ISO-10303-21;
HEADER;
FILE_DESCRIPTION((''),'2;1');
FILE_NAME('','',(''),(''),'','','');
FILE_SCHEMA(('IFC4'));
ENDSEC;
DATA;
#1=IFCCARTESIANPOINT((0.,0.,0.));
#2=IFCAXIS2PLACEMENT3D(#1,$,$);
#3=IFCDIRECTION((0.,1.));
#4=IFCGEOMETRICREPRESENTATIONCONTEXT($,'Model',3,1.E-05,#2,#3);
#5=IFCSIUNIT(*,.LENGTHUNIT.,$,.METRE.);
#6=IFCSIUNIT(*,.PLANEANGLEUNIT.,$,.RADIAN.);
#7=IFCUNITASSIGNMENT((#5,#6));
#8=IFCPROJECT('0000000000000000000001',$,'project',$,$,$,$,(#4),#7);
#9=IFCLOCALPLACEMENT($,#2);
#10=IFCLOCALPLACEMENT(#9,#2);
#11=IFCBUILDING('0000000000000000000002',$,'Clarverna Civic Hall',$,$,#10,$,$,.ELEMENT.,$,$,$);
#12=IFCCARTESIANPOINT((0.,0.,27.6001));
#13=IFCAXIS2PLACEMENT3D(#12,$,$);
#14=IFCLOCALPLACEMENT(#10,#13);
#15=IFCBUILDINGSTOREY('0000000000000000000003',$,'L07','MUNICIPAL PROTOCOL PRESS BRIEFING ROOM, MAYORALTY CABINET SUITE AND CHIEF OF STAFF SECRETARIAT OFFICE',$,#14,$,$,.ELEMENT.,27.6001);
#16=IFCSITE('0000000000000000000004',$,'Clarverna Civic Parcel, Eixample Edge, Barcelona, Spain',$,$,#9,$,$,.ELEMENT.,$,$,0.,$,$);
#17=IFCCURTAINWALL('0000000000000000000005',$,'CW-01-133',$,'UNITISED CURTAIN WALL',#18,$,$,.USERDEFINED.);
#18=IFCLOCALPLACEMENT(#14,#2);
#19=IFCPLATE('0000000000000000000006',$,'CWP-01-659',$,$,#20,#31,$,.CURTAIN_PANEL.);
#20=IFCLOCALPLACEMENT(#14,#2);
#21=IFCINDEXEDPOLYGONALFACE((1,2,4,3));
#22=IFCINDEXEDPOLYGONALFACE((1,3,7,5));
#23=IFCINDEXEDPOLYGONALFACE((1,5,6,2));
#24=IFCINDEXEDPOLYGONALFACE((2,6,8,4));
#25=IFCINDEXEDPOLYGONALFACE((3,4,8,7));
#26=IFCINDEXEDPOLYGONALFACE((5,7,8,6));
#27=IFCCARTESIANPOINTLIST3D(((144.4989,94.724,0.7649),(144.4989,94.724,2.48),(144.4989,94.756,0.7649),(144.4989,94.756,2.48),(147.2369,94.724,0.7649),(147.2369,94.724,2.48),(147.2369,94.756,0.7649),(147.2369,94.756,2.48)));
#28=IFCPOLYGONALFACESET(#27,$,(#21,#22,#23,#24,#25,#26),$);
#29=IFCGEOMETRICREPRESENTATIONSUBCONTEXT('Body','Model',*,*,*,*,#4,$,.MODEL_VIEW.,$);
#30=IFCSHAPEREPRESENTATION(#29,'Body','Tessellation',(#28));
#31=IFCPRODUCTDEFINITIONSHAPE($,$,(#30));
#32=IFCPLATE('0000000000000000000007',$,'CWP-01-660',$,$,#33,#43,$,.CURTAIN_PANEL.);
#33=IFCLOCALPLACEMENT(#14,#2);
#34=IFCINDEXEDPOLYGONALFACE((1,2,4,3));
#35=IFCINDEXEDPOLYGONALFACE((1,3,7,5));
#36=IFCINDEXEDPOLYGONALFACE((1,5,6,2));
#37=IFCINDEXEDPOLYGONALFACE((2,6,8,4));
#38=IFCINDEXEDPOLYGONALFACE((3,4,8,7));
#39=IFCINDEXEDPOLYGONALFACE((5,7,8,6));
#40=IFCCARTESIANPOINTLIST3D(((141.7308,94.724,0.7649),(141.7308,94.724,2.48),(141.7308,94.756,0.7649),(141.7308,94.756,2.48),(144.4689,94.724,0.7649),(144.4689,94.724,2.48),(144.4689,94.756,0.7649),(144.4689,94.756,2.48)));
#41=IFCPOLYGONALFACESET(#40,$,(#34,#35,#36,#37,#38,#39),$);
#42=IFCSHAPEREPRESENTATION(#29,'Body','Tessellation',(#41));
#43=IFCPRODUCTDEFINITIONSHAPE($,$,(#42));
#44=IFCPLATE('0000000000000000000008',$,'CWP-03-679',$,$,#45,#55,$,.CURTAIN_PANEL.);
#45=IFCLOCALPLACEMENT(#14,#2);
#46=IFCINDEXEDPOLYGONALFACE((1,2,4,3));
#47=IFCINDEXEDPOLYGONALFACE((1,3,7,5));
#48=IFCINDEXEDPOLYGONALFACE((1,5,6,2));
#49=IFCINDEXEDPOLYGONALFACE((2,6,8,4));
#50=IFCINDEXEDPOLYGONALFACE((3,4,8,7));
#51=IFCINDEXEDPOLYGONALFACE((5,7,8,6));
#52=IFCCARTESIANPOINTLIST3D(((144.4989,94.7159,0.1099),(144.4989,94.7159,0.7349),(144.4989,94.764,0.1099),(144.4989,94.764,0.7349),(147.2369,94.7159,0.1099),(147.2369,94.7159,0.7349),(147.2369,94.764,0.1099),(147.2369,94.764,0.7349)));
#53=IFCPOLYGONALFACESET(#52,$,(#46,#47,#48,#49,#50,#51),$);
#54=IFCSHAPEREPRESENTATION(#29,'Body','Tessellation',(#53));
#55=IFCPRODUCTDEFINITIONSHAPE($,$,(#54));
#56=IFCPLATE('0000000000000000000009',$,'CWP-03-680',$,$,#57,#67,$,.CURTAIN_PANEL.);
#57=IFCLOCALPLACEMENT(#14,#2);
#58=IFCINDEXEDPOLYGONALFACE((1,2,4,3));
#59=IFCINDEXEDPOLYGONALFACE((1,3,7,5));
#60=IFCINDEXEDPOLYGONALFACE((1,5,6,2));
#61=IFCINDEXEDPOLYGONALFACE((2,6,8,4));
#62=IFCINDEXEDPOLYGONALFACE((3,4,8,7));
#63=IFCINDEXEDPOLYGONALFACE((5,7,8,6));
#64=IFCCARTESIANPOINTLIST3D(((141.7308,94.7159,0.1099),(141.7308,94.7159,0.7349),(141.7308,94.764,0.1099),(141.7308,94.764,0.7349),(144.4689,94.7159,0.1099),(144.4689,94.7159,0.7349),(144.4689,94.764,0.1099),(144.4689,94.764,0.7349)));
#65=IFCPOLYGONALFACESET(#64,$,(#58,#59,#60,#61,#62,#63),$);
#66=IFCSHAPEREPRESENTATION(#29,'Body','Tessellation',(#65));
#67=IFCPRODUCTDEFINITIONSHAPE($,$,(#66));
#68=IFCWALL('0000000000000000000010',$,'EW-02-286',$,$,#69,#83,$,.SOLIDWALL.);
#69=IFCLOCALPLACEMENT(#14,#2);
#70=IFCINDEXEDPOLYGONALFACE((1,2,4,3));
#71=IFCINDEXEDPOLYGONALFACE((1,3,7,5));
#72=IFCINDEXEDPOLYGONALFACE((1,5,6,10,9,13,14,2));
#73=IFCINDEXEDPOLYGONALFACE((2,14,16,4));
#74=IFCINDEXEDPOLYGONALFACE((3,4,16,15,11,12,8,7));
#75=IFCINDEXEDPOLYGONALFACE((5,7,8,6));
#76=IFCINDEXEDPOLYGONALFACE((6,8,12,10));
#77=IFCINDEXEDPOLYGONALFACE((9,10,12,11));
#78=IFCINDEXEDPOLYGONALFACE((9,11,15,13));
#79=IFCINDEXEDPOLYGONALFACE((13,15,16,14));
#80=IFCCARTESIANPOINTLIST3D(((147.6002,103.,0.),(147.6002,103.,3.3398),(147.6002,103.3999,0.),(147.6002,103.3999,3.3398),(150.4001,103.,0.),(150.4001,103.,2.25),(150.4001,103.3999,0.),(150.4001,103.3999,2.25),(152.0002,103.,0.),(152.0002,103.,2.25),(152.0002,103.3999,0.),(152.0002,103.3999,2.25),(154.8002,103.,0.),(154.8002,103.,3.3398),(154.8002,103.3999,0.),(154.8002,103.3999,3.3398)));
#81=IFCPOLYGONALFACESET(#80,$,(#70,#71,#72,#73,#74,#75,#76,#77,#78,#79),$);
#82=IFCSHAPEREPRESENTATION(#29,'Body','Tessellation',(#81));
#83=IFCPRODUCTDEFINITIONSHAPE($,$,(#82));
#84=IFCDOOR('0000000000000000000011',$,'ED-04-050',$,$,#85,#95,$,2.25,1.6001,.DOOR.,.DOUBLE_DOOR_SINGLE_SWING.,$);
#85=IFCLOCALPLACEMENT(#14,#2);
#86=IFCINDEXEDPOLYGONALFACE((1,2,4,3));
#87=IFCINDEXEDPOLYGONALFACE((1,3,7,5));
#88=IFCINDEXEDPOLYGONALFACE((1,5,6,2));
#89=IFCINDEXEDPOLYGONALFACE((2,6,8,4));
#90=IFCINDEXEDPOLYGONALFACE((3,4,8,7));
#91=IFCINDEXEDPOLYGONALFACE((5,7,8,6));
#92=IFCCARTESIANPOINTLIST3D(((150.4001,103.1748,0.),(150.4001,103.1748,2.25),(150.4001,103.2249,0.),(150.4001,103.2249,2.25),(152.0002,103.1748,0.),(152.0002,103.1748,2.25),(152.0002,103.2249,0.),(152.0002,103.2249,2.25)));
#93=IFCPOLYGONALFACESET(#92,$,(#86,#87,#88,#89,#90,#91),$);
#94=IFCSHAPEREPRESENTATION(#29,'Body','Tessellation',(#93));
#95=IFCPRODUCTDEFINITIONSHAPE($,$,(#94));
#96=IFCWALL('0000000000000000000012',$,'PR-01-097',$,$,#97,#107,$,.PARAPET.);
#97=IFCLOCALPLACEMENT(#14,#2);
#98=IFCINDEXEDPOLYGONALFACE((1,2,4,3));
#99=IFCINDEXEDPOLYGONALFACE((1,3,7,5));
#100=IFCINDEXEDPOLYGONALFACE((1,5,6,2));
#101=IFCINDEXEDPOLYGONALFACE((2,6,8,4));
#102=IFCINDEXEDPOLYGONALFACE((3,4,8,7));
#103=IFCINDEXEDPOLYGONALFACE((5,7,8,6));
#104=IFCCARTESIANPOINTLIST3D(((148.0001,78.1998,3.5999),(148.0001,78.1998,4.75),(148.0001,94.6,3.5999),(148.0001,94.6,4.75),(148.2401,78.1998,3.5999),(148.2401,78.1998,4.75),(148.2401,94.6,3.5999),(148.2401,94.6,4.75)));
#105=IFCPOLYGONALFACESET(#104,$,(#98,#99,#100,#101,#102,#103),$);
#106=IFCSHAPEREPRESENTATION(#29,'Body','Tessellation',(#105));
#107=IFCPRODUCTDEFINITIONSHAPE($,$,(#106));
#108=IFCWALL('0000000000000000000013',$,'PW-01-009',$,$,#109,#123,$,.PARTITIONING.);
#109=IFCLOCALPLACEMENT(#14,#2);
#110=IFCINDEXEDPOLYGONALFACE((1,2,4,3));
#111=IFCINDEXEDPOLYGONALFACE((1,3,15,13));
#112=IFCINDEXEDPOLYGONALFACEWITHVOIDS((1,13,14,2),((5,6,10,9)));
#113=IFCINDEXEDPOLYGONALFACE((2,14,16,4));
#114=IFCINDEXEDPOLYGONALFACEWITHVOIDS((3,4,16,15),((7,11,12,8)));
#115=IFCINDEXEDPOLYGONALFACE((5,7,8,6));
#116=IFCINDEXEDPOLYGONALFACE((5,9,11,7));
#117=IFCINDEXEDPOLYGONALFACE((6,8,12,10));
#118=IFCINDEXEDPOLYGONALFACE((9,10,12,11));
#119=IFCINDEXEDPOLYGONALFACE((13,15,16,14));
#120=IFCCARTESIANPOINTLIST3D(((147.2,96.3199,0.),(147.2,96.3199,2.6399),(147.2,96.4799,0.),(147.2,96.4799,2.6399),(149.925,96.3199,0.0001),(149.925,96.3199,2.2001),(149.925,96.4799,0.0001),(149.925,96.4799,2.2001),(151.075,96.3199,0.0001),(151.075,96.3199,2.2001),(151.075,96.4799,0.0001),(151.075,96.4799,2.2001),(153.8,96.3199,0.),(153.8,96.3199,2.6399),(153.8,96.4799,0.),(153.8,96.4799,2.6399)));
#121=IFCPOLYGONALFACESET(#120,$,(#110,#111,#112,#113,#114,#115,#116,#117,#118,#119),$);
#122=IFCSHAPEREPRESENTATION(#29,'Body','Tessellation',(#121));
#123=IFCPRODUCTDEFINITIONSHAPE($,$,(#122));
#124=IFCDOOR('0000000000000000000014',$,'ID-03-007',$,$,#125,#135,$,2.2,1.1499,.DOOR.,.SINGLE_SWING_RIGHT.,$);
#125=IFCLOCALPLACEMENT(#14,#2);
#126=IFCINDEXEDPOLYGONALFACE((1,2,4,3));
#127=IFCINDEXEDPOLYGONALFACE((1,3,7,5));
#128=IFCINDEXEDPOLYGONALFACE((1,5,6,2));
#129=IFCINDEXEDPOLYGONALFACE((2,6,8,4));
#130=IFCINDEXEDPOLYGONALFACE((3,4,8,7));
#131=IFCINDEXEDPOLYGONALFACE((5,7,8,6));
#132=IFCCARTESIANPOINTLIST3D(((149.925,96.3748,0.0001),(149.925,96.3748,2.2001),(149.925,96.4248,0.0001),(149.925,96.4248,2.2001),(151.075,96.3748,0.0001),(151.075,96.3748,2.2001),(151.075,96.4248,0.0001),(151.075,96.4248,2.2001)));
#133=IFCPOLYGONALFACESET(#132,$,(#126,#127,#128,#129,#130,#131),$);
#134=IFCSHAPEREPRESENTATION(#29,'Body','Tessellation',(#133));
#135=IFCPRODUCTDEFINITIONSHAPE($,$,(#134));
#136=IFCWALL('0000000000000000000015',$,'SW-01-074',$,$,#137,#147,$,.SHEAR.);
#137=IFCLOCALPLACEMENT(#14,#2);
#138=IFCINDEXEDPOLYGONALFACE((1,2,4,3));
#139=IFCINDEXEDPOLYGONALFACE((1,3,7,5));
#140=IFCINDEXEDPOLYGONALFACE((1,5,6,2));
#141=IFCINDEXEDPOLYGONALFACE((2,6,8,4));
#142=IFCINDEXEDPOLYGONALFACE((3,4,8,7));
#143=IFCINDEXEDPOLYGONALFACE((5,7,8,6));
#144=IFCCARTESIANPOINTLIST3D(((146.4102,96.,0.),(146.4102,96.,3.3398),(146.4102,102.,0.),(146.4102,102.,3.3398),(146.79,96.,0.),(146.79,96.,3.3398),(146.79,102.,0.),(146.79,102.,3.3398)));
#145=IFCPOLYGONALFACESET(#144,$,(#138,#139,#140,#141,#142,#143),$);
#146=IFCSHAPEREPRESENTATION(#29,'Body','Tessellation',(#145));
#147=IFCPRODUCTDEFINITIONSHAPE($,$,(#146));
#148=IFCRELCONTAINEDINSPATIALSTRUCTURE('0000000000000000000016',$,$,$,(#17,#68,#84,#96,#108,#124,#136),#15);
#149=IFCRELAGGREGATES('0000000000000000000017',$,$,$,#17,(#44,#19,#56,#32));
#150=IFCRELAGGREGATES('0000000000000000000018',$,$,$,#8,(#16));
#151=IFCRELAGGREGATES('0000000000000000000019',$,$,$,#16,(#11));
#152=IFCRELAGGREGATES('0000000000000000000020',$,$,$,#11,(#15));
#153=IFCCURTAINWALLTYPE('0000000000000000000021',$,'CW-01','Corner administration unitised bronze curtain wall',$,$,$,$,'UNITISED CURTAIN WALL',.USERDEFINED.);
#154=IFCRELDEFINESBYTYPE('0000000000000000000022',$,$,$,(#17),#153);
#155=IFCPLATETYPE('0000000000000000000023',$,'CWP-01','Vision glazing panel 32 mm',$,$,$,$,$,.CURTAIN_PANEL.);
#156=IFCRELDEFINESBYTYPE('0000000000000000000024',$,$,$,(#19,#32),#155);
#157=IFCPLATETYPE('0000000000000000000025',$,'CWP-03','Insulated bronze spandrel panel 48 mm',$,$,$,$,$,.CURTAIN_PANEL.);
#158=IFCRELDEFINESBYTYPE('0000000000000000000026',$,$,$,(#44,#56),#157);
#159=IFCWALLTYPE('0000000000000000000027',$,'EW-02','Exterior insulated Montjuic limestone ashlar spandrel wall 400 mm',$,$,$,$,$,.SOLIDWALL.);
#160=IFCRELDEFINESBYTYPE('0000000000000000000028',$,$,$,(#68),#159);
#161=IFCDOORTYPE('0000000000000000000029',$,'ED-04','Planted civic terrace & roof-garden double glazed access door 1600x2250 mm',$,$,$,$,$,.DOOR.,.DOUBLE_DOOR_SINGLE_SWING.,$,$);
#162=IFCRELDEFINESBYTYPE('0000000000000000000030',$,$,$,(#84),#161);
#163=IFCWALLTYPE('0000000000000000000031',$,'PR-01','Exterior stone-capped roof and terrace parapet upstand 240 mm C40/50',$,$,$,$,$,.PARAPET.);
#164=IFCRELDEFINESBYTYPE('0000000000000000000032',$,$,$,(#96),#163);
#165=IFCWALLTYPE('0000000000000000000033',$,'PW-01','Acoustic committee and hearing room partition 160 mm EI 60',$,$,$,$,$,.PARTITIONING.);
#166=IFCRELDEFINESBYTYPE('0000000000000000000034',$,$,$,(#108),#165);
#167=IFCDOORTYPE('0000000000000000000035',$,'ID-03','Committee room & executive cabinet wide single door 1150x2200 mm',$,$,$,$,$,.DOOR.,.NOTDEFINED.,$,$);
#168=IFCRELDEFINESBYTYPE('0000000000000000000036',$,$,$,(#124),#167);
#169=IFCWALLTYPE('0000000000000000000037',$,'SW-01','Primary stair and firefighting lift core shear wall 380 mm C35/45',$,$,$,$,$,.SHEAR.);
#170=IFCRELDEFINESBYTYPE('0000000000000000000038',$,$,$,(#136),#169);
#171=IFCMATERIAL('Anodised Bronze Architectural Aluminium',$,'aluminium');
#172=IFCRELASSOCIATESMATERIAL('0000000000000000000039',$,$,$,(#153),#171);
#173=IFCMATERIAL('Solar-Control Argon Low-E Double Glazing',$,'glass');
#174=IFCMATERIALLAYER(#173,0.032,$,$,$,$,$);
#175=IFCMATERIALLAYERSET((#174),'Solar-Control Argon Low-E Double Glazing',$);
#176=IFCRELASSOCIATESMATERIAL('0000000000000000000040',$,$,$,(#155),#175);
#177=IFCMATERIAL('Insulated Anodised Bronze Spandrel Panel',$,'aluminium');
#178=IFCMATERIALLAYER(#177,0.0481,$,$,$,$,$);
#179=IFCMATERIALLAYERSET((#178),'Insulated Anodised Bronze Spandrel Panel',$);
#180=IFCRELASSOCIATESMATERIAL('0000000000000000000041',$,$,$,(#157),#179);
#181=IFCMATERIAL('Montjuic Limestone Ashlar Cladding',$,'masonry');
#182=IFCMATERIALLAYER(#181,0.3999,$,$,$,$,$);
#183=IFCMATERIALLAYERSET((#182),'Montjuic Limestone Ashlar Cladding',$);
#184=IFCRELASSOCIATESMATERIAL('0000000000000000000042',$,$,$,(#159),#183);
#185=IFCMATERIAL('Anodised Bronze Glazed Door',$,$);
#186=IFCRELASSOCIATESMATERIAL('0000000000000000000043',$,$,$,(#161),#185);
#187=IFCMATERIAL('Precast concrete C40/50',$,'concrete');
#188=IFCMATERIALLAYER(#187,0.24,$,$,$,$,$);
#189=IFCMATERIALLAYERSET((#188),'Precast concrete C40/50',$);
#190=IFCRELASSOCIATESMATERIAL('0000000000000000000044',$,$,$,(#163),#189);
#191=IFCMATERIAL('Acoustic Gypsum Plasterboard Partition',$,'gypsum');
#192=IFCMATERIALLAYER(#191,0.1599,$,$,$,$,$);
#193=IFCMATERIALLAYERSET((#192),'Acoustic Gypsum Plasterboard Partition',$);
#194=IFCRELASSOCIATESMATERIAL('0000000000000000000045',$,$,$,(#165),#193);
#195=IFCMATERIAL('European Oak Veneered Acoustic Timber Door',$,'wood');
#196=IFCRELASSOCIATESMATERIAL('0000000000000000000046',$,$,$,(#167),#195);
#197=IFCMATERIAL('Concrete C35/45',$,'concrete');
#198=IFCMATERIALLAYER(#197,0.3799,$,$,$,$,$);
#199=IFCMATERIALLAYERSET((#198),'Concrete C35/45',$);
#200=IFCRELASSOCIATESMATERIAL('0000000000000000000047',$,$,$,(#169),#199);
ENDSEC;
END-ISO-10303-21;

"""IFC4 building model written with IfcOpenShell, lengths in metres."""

from ifc_helpers import new_model, si_unit, direction, frame, frame_2d, origin, place, context, subcontext, project, spatial, rectangle, extrude, material, layer, layer_set, type_object, element, fill, aggregate, save


model = new_model("IFC4")

# Units and contexts
model_context = context("Model", 3, precision=1e-05, world=origin(), true_north=direction((0.0, 1.0)))
body_context = subcontext(model_context, "Body", "Model", "MODEL_VIEW")
ifc_project = project(units=[si_unit("LENGTHUNIT", "METRE"), si_unit("PLANEANGLEUNIT", "RADIAN")], contexts=[model_context])

# Site, building, storey
site_placement = place(None, origin())
site = spatial("IfcSite", under=ifc_project, at=site_placement, Name="Clarverna Civic Parcel, Eixample Edge, Barcelona, Spain", CompositionType="ELEMENT", RefElevation=0.0)
building_placement = place(site_placement, origin())
building = spatial("IfcBuilding", under=site, at=building_placement, Name="Clarverna Civic Hall", CompositionType="ELEMENT")
storey_placement = place(building_placement, frame((0.0, 0.0, 27.6001)))
storey = spatial("IfcBuildingStorey", under=building, at=storey_placement, Name="L07", Description="MUNICIPAL PROTOCOL PRESS BRIEFING ROOM, MAYORALTY CABINET SUITE AND CHIEF OF STAFF SECRETARIAT OFFICE", CompositionType="ELEMENT", Elevation=27.6001)

# Shared definitions
ifc_material_1 = material(Name="Concrete C35/45", Category="concrete")

# Curtain wall, plates
ifc_material_2 = material(Name="Anodised Bronze Architectural Aluminium", Category="aluminium")
curtain_wall_type = type_object("IfcCurtainWallType", Name="CW-01", Description="Corner administration unitised bronze curtain wall", ElementType="UNITISED CURTAIN WALL", PredefinedType="USERDEFINED", material=ifc_material_2)
curtain_wall_placement = place(storey_placement, origin())
curtain_wall = element("IfcCurtainWall", 1, at=curtain_wall_placement, inside=storey, type_object=curtain_wall_type, Name="CW-01-133", ObjectType="UNITISED CURTAIN WALL", PredefinedType="USERDEFINED")
ifc_material_3 = material(Name="Solar-Control Argon Low-E Double Glazing", Category="glass")
ifc_layer_1 = layer(ifc_material_3, 0.032)
ifc_layer_set_1 = layer_set([ifc_layer_1], Name="Solar-Control Argon Low-E Double Glazing")
plate_type_1 = type_object("IfcPlateType", Name="CWP-01", Description="Vision glazing panel 32 mm", PredefinedType="CURTAIN_PANEL", material=ifc_layer_set_1)
plate_1_placement = place(storey_placement, frame((147.2371, 94.74, 0.7649), z_axis=(0.0, 0.0, 1.0), x_axis=(-1.0, 0.0, 0.0)))
plate_1 = element("IfcPlate", 2, at=plate_1_placement, type_object=plate_type_1, Name="CWP-01-659", PredefinedType="CURTAIN_PANEL", context=body_context, shape_type="SweptSolid", body=[
    extrude(rectangle(XDim=2.738, YDim=0.032, at=frame_2d((1.3691, 0.0))), origin(), (0.0, 0.0, 1.0), 1.7151),
])
plate_2_placement = place(storey_placement, frame((144.469, 94.74, 0.7649), z_axis=(0.0, 0.0, 1.0), x_axis=(-1.0, 0.0, 0.0)))
plate_2 = element("IfcPlate", 3, at=plate_2_placement, type_object=plate_type_1, Name="CWP-01-660", PredefinedType="CURTAIN_PANEL", context=body_context, shape_type="SweptSolid", body=[
    extrude(rectangle(XDim=2.738, YDim=0.032, at=frame_2d((1.3691, 0.0))), origin(), (0.0, 0.0, 1.0), 1.7151),
])
ifc_material_4 = material(Name="Insulated Anodised Bronze Spandrel Panel", Category="aluminium")
ifc_layer_2 = layer(ifc_material_4, 0.0481)
ifc_layer_set_2 = layer_set([ifc_layer_2], Name="Insulated Anodised Bronze Spandrel Panel")
plate_type_2 = type_object("IfcPlateType", Name="CWP-03", Description="Insulated bronze spandrel panel 48 mm", PredefinedType="CURTAIN_PANEL", material=ifc_layer_set_2)
plate_3_placement = place(storey_placement, frame((147.2371, 94.74, 0.1099), z_axis=(0.0, 0.0, 1.0), x_axis=(-1.0, 0.0, 0.0)))
plate_3 = element("IfcPlate", 4, at=plate_3_placement, type_object=plate_type_2, Name="CWP-03-679", PredefinedType="CURTAIN_PANEL", context=body_context, shape_type="SweptSolid", body=[
    extrude(rectangle(XDim=2.738, YDim=0.0481, at=frame_2d((1.3691, 0.0))), origin(), (0.0, 0.0, 1.0), 0.625),
])
plate_4_placement = place(storey_placement, frame((144.469, 94.74, 0.1099), z_axis=(0.0, 0.0, 1.0), x_axis=(-1.0, 0.0, 0.0)))
plate_4 = element("IfcPlate", 5, at=plate_4_placement, type_object=plate_type_2, Name="CWP-03-680", PredefinedType="CURTAIN_PANEL", context=body_context, shape_type="SweptSolid", body=[
    extrude(rectangle(XDim=2.738, YDim=0.0481, at=frame_2d((1.3691, 0.0))), origin(), (0.0, 0.0, 1.0), 0.625),
])
aggregate(curtain_wall, [plate_3, plate_1, plate_4, plate_2])

# Wall, opening, door
ifc_material_5 = material(Name="Montjuic Limestone Ashlar Cladding", Category="masonry")
ifc_layer_3 = layer(ifc_material_5, 0.3999)
ifc_layer_set_3 = layer_set([ifc_layer_3], Name="Montjuic Limestone Ashlar Cladding")
wall_type_1 = type_object("IfcWallType", Name="EW-02", Description="Exterior insulated Montjuic limestone ashlar spandrel wall 400 mm", PredefinedType="SOLIDWALL", material=ifc_layer_set_3)
wall_1_placement = place(storey_placement, frame((147.6001, 103.2, 0.0), z_axis=(0.0, 0.0, 1.0), x_axis=(1.0, 0.0, 0.0)))
wall_1 = element("IfcWall", 6, at=wall_1_placement, inside=storey, type_object=wall_type_1, Name="EW-02-286", PredefinedType="SOLIDWALL", context=body_context, shape_type="SweptSolid", body=[
    extrude(rectangle(XDim=7.2, YDim=0.3999, at=frame_2d((3.6001, 0.0))), origin(), (0.0, 0.0, 1.0), 3.3398),
])
opening_1_placement = place(wall_1_placement, frame((2.8, 0.0, 0.0)))
opening_1 = element("IfcOpeningElement", 7, at=opening_1_placement, cuts=wall_1, PredefinedType="OPENING", context=body_context, shape_type="SweptSolid", body=[
    extrude(rectangle(XDim=1.6001, YDim=2.25, at=frame_2d((0.8, 1.125))), frame((0.0, 0.21, 0.0), z_axis=(0.0, -1.0, 0.0), x_axis=(1.0, 0.0, 0.0)), (0.0, 0.0, 1.0), 0.4199),
])
ifc_material_6 = material(Name="Anodised Bronze Glazed Door")
door_type_1 = type_object("IfcDoorType", Name="ED-04", Description="Planted civic terrace & roof-garden double glazed access door 1600x2250 mm", OperationType="DOUBLE_DOOR_SINGLE_SWING", PredefinedType="DOOR", material=ifc_material_6)
door_1_placement = place(opening_1_placement, origin())
door_1 = element("IfcDoor", 8, at=door_1_placement, inside=storey, type_object=door_type_1, Name="ED-04-050", OperationType="DOUBLE_DOOR_SINGLE_SWING", OverallHeight=2.25, OverallWidth=1.6001, PredefinedType="DOOR", context=body_context, shape_type="SweptSolid", body=[
    extrude(rectangle(XDim=1.6001, YDim=2.25, at=frame_2d((0.8, 1.125))), frame((0.0, 0.0249, 0.0), z_axis=(0.0, -1.0, 0.0), x_axis=(1.0, 0.0, 0.0)), (0.0, 0.0, 1.0), 0.05),
])
fill(opening_1, door_1)

# Wall
ifc_material_7 = material(Name="Precast concrete C40/50", Category="concrete")
ifc_layer_4 = layer(ifc_material_7, 0.24)
ifc_layer_set_4 = layer_set([ifc_layer_4], Name="Precast concrete C40/50")
wall_type_2 = type_object("IfcWallType", Name="PR-01", Description="Exterior stone-capped roof and terrace parapet upstand 240 mm C40/50", PredefinedType="PARAPET", material=ifc_layer_set_4)
wall_2_placement = place(storey_placement, frame((148.1201, 94.6001, 3.5999), z_axis=(0.0, 0.0, 1.0), x_axis=(0.0, -1.0, 0.0)))
element("IfcWall", 9, at=wall_2_placement, inside=storey, type_object=wall_type_2, Name="PR-01-097", PredefinedType="PARAPET", context=body_context, shape_type="SweptSolid", body=[
    extrude(rectangle(XDim=16.4001, YDim=0.24, at=frame_2d((8.2002, 0.0))), origin(), (0.0, 0.0, 1.0), 1.1501),
])

# Wall, opening, door
ifc_material_8 = material(Name="Acoustic Gypsum Plasterboard Partition", Category="gypsum")
ifc_layer_5 = layer(ifc_material_8, 0.1599)
ifc_layer_set_5 = layer_set([ifc_layer_5], Name="Acoustic Gypsum Plasterboard Partition")
wall_type_3 = type_object("IfcWallType", Name="PW-01", Description="Acoustic committee and hearing room partition 160 mm EI 60", PredefinedType="PARTITIONING", material=ifc_layer_set_5)
wall_3_placement = place(storey_placement, frame((147.2, 96.3999, 0.0), z_axis=(0.0, 0.0, 1.0), x_axis=(1.0, 0.0, 0.0)))
wall_3 = element("IfcWall", 10, at=wall_3_placement, inside=storey, type_object=wall_type_3, Name="PW-01-009", PredefinedType="PARTITIONING", context=body_context, shape_type="SweptSolid", body=[
    extrude(rectangle(XDim=6.6001, YDim=0.1599, at=frame_2d((3.3, 0.0))), origin(), (0.0, 0.0, 1.0), 2.6399),
])
opening_2_placement = place(wall_3_placement, frame((2.7251, 0.0, 0.0)))
opening_2 = element("IfcOpeningElement", 11, at=opening_2_placement, cuts=wall_3, PredefinedType="OPENING", context=body_context, shape_type="SweptSolid", body=[
    extrude(rectangle(XDim=1.1499, YDim=2.2, at=frame_2d((0.575, 1.1001))), frame((0.0, 0.0898, 0.0), z_axis=(0.0, -1.0, 0.0), x_axis=(1.0, 0.0, 0.0)), (0.0, 0.0, 1.0), 0.1799),
])
ifc_material_9 = material(Name="European Oak Veneered Acoustic Timber Door", Category="wood")
door_type_2 = type_object("IfcDoorType", Name="ID-03", Description="Committee room & executive cabinet wide single door 1150x2200 mm", OperationType="NOTDEFINED", PredefinedType="DOOR", material=ifc_material_9)
door_2_placement = place(opening_2_placement, origin())
door_2 = element("IfcDoor", 12, at=door_2_placement, inside=storey, type_object=door_type_2, Name="ID-03-007", OperationType="SINGLE_SWING_RIGHT", OverallHeight=2.2, OverallWidth=1.1499, PredefinedType="DOOR", context=body_context, shape_type="SweptSolid", body=[
    extrude(rectangle(XDim=1.1499, YDim=2.2, at=frame_2d((0.575, 1.1001))), frame((0.0, 0.0249, 0.0), z_axis=(0.0, -1.0, 0.0), x_axis=(1.0, 0.0, 0.0)), (0.0, 0.0, 1.0), 0.05),
])
fill(opening_2, door_2)

# Wall
ifc_layer_6 = layer(ifc_material_1, 0.3799)
ifc_layer_set_6 = layer_set([ifc_layer_6], Name="Concrete C35/45")
wall_type_4 = type_object("IfcWallType", Name="SW-01", Description="Primary stair and firefighting lift core shear wall 380 mm C35/45", PredefinedType="SHEAR", material=ifc_layer_set_6)
wall_4_placement = place(storey_placement, frame((146.6001, 96.0, 0.0), z_axis=(0.0, 0.0, 1.0), x_axis=(0.0, 1.0, 0.0)))
element("IfcWall", 13, at=wall_4_placement, inside=storey, type_object=wall_type_4, Name="SW-01-074", PredefinedType="SHEAR", context=body_context, shape_type="SweptSolid", body=[
    extrude(rectangle(XDim=6.0, YDim=0.3799, at=frame_2d((3.0, 0.0))), origin(), (0.0, 0.0, 1.0), 3.3398),
])

save(model, "model.ifc")
